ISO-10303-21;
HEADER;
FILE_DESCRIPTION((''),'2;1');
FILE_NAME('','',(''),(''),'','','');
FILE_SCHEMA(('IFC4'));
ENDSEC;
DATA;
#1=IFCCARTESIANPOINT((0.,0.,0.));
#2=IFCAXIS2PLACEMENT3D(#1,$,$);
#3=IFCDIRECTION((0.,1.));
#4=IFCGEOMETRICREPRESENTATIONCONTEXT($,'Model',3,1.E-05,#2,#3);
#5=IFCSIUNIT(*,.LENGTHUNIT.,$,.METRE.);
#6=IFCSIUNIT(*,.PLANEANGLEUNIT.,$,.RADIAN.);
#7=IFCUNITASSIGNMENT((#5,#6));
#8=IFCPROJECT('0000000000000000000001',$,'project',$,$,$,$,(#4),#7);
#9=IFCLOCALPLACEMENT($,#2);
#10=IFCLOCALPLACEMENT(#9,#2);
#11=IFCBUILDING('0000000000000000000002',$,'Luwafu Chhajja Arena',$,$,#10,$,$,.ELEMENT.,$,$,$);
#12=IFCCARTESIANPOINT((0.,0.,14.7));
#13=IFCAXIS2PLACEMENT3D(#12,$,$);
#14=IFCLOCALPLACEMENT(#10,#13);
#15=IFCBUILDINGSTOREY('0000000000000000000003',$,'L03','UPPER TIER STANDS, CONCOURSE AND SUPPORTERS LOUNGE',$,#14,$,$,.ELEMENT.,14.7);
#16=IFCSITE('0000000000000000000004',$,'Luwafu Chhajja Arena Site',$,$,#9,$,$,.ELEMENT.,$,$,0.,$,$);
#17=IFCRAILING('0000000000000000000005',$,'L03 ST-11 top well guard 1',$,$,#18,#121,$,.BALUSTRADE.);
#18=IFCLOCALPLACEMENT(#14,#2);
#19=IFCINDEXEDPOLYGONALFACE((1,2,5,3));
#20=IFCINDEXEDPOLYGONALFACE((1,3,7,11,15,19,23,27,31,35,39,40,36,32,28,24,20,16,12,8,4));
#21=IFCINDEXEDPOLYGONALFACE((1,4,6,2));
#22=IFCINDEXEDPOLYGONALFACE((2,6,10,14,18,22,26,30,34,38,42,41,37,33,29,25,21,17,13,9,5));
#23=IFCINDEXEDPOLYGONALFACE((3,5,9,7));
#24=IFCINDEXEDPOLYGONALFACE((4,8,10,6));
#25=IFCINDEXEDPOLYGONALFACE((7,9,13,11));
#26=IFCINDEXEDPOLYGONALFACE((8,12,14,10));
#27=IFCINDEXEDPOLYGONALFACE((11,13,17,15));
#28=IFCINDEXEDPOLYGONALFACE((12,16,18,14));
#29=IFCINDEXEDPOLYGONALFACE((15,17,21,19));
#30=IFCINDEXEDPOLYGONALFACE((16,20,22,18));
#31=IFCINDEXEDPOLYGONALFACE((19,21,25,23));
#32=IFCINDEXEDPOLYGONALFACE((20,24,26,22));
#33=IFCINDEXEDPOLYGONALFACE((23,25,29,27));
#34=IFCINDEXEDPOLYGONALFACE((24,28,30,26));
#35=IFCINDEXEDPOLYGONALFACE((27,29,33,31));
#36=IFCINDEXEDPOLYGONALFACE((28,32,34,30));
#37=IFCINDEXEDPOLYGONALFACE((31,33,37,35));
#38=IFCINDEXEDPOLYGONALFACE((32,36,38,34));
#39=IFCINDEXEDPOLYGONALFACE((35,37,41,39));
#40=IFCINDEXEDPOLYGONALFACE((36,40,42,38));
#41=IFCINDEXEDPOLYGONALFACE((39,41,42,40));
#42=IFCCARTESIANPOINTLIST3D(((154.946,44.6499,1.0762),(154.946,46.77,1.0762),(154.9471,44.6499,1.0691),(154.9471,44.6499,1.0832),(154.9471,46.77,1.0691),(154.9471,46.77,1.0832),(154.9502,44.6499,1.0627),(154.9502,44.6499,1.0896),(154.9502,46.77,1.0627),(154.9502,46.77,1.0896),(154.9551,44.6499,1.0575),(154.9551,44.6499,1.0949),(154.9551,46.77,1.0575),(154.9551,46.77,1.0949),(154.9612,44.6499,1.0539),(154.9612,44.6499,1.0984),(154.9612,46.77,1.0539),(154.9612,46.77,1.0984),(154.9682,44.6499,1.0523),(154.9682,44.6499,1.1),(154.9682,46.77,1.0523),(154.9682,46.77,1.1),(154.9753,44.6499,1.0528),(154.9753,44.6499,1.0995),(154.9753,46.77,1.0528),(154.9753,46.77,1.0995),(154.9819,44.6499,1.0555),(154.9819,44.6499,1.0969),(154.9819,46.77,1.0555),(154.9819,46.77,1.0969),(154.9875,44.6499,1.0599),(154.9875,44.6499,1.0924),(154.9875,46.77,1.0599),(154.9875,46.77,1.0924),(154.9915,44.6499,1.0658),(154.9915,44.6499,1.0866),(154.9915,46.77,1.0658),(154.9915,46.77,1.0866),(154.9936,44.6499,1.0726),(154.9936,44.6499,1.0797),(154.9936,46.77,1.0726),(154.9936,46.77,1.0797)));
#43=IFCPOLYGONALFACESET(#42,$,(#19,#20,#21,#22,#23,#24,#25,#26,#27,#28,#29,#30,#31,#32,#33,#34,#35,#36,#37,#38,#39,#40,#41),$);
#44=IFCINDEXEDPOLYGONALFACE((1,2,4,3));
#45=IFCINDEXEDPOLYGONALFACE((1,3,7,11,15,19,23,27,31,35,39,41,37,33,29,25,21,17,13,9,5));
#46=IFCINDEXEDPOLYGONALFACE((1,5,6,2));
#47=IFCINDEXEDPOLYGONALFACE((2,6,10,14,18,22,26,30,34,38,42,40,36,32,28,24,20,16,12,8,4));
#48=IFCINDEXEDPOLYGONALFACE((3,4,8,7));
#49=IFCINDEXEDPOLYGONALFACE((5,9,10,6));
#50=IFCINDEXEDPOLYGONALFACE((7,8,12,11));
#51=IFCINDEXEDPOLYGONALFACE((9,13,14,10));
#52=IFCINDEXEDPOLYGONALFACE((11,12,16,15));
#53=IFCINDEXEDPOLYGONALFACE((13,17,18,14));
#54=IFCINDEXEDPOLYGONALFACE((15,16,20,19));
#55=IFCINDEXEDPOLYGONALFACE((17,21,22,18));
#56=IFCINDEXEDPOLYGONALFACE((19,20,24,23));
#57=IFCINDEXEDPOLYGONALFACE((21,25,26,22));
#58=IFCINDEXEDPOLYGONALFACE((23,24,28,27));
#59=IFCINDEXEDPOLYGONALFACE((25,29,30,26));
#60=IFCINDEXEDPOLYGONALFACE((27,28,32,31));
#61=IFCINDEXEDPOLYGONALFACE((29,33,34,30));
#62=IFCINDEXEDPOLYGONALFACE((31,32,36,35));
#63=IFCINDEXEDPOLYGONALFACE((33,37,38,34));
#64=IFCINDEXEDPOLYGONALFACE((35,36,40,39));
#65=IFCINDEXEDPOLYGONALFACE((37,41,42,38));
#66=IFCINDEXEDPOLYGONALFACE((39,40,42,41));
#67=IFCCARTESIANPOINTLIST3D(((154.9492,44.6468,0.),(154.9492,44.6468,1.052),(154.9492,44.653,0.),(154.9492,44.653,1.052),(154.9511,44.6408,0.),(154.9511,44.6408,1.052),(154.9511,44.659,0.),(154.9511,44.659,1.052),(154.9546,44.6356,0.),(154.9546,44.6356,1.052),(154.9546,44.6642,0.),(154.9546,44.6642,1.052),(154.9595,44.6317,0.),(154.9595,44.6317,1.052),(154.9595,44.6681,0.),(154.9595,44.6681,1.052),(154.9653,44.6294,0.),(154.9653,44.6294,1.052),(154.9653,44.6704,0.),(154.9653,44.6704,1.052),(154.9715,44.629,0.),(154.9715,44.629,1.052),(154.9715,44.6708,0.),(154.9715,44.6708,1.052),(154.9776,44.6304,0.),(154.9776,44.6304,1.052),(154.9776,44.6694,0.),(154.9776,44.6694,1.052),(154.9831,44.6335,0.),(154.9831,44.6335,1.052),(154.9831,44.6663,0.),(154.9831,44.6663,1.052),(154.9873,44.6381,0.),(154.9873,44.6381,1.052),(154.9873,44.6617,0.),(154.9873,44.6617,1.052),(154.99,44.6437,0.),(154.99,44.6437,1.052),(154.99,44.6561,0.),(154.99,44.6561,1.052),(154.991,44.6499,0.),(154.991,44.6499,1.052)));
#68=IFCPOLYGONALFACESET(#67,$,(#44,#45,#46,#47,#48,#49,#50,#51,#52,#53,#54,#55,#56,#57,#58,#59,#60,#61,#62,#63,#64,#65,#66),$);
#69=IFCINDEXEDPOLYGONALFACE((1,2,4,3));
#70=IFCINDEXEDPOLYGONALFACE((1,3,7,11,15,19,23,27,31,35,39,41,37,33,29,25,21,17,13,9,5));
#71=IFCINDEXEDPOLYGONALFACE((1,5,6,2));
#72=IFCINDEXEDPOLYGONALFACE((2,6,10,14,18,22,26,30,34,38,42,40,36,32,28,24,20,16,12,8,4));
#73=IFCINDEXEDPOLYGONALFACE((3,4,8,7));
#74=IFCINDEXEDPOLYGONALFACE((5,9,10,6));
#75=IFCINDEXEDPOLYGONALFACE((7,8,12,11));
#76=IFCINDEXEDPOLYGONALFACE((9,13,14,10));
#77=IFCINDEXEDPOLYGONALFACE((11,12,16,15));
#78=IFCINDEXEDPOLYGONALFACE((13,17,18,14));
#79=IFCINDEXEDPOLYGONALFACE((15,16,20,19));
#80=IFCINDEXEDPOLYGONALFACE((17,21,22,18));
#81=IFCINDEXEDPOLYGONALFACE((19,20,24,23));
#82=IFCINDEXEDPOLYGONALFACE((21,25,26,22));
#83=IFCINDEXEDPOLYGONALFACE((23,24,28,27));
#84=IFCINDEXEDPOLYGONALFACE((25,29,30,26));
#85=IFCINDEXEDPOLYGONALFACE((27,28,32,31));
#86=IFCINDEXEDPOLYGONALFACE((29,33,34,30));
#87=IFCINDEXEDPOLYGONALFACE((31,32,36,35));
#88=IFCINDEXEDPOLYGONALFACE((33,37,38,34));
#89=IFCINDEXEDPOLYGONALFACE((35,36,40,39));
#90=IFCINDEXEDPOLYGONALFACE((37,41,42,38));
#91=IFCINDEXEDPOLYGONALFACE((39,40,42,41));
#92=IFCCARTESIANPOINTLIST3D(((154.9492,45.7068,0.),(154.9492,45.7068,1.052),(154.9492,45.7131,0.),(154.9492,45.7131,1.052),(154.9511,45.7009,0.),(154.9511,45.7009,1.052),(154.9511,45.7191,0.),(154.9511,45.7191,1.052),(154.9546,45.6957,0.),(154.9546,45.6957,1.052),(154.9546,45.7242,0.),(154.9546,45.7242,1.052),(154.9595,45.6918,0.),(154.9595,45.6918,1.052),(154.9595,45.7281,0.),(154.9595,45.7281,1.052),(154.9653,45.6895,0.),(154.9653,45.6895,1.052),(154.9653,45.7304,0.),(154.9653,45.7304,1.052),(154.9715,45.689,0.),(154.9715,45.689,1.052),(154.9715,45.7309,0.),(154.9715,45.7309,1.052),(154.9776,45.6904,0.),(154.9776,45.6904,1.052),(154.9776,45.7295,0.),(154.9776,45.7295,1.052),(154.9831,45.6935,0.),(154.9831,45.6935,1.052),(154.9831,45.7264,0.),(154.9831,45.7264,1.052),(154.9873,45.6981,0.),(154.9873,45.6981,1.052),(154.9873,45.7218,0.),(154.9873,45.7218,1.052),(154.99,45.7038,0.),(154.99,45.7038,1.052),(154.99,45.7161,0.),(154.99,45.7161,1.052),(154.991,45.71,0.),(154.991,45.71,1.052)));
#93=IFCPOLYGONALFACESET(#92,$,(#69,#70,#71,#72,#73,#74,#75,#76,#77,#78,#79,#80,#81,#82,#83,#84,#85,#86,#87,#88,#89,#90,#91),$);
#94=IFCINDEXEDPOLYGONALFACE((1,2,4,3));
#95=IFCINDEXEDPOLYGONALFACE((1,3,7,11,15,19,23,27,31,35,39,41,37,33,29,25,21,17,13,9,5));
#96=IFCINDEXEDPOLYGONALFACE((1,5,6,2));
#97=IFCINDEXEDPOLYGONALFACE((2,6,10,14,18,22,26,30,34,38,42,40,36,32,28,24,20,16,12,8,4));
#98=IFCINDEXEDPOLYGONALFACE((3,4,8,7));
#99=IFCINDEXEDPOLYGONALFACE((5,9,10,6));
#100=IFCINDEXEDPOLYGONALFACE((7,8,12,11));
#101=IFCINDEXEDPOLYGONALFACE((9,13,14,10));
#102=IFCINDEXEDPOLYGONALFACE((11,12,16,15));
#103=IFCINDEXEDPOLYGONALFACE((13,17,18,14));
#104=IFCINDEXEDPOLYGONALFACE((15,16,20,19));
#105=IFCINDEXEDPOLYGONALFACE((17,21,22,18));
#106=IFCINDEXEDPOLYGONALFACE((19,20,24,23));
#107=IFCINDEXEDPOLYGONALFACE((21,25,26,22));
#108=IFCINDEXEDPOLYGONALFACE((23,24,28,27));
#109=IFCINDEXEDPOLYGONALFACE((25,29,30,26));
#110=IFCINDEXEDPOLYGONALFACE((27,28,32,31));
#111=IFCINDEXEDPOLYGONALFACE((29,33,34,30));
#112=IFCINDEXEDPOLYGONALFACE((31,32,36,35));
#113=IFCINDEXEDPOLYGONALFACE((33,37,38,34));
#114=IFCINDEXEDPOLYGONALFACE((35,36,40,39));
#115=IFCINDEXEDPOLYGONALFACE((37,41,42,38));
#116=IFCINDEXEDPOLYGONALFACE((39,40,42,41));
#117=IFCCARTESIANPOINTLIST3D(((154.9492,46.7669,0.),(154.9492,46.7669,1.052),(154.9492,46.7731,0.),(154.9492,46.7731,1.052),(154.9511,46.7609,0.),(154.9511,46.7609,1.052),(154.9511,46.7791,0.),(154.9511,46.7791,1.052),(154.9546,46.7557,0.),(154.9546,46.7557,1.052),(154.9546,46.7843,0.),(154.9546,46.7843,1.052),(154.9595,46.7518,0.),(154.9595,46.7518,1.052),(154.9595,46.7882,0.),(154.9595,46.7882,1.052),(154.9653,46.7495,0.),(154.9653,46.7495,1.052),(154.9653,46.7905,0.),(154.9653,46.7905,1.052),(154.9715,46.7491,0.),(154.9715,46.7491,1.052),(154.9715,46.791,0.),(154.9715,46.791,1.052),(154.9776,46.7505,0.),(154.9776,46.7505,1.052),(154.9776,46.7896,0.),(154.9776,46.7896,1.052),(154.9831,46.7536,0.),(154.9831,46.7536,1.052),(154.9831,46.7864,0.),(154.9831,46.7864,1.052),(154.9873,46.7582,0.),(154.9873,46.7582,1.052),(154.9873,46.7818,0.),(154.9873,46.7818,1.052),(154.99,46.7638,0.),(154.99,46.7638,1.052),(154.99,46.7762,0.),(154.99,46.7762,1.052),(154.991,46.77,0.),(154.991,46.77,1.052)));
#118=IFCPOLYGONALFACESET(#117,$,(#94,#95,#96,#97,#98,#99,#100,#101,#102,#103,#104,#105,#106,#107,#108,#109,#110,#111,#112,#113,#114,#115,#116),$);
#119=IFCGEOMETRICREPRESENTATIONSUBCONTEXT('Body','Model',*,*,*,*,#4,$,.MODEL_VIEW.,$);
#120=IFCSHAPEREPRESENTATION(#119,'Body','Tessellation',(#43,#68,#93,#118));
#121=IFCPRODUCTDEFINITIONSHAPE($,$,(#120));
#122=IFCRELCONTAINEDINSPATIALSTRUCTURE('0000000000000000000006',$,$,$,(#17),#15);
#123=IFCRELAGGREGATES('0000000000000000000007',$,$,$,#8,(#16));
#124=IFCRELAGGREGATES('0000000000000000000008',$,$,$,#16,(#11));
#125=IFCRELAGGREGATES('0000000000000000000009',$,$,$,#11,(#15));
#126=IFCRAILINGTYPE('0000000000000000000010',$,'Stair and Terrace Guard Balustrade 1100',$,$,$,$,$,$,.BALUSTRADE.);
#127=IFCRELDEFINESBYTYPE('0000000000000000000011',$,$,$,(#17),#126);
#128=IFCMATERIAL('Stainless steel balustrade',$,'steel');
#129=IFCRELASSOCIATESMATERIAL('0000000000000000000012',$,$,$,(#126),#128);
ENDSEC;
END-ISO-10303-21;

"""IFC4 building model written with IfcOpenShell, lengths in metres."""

from ifc_helpers import new_model, si_unit, direction, frame, origin, origin_2d, place, context, subcontext, project, spatial, circle, extrude, material, type_object, element, save


model = new_model("IFC4")

# Units and contexts
model_context = context("Model", 3, precision=1e-05, world=origin(), true_north=direction((0.0, 1.0)))
body_context = subcontext(model_context, "Body", "Model", "MODEL_VIEW")
ifc_project = project(units=[si_unit("LENGTHUNIT", "METRE"), si_unit("PLANEANGLEUNIT", "RADIAN")], contexts=[model_context])

# Site, building, storey
site_placement = place(None, origin())
site = spatial("IfcSite", under=ifc_project, at=site_placement, Name="Luwafu Chhajja Arena Site", CompositionType="ELEMENT", RefElevation=0.0)
building_placement = place(site_placement, origin())
building = spatial("IfcBuilding", under=site, at=building_placement, Name="Luwafu Chhajja Arena", CompositionType="ELEMENT")
storey_placement = place(building_placement, frame((0.0, 0.0, 14.7)))
storey = spatial("IfcBuildingStorey", under=building, at=storey_placement, Name="L03", Description="UPPER TIER STANDS, CONCOURSE AND SUPPORTERS LOUNGE", CompositionType="ELEMENT", Elevation=14.7)

# Railing
ifc_material_1 = material(Name="Stainless steel balustrade", Category="steel")
railing_type = type_object("IfcRailingType", Name="Stair and Terrace Guard Balustrade 1100", PredefinedType="BALUSTRADE", material=ifc_material_1)
railing_1_placement = place(storey_placement, frame((154.97, 44.6499, 0.0)))
element("IfcRailing", 1, at=railing_1_placement, inside=storey, type_object=railing_type, Name="L03 ST-11 top well guard 1", PredefinedType="BALUSTRADE", context=body_context, shape_type="SweptSolid", body=[
    extrude(circle(Radius=0.0239, at=origin_2d()), frame((0.0, 0.0, 1.0762), z_axis=(0.0, 1.0, 0.0), x_axis=(-1.0, 0.0, 0.0)), (0.0, 0.0, 1.0), 2.1201),
    extrude(circle(Radius=0.021, at=origin_2d()), origin(), (0.0, 0.0, 1.0), 1.052),
    extrude(circle(Radius=0.021, at=origin_2d()), frame((0.0, 1.0601, 0.0)), (0.0, 0.0, 1.0), 1.052),
    extrude(circle(Radius=0.021, at=origin_2d()), frame((0.0, 2.1201, 0.0)), (0.0, 0.0, 1.0), 1.052),
])

save(model, "model.ifc")
